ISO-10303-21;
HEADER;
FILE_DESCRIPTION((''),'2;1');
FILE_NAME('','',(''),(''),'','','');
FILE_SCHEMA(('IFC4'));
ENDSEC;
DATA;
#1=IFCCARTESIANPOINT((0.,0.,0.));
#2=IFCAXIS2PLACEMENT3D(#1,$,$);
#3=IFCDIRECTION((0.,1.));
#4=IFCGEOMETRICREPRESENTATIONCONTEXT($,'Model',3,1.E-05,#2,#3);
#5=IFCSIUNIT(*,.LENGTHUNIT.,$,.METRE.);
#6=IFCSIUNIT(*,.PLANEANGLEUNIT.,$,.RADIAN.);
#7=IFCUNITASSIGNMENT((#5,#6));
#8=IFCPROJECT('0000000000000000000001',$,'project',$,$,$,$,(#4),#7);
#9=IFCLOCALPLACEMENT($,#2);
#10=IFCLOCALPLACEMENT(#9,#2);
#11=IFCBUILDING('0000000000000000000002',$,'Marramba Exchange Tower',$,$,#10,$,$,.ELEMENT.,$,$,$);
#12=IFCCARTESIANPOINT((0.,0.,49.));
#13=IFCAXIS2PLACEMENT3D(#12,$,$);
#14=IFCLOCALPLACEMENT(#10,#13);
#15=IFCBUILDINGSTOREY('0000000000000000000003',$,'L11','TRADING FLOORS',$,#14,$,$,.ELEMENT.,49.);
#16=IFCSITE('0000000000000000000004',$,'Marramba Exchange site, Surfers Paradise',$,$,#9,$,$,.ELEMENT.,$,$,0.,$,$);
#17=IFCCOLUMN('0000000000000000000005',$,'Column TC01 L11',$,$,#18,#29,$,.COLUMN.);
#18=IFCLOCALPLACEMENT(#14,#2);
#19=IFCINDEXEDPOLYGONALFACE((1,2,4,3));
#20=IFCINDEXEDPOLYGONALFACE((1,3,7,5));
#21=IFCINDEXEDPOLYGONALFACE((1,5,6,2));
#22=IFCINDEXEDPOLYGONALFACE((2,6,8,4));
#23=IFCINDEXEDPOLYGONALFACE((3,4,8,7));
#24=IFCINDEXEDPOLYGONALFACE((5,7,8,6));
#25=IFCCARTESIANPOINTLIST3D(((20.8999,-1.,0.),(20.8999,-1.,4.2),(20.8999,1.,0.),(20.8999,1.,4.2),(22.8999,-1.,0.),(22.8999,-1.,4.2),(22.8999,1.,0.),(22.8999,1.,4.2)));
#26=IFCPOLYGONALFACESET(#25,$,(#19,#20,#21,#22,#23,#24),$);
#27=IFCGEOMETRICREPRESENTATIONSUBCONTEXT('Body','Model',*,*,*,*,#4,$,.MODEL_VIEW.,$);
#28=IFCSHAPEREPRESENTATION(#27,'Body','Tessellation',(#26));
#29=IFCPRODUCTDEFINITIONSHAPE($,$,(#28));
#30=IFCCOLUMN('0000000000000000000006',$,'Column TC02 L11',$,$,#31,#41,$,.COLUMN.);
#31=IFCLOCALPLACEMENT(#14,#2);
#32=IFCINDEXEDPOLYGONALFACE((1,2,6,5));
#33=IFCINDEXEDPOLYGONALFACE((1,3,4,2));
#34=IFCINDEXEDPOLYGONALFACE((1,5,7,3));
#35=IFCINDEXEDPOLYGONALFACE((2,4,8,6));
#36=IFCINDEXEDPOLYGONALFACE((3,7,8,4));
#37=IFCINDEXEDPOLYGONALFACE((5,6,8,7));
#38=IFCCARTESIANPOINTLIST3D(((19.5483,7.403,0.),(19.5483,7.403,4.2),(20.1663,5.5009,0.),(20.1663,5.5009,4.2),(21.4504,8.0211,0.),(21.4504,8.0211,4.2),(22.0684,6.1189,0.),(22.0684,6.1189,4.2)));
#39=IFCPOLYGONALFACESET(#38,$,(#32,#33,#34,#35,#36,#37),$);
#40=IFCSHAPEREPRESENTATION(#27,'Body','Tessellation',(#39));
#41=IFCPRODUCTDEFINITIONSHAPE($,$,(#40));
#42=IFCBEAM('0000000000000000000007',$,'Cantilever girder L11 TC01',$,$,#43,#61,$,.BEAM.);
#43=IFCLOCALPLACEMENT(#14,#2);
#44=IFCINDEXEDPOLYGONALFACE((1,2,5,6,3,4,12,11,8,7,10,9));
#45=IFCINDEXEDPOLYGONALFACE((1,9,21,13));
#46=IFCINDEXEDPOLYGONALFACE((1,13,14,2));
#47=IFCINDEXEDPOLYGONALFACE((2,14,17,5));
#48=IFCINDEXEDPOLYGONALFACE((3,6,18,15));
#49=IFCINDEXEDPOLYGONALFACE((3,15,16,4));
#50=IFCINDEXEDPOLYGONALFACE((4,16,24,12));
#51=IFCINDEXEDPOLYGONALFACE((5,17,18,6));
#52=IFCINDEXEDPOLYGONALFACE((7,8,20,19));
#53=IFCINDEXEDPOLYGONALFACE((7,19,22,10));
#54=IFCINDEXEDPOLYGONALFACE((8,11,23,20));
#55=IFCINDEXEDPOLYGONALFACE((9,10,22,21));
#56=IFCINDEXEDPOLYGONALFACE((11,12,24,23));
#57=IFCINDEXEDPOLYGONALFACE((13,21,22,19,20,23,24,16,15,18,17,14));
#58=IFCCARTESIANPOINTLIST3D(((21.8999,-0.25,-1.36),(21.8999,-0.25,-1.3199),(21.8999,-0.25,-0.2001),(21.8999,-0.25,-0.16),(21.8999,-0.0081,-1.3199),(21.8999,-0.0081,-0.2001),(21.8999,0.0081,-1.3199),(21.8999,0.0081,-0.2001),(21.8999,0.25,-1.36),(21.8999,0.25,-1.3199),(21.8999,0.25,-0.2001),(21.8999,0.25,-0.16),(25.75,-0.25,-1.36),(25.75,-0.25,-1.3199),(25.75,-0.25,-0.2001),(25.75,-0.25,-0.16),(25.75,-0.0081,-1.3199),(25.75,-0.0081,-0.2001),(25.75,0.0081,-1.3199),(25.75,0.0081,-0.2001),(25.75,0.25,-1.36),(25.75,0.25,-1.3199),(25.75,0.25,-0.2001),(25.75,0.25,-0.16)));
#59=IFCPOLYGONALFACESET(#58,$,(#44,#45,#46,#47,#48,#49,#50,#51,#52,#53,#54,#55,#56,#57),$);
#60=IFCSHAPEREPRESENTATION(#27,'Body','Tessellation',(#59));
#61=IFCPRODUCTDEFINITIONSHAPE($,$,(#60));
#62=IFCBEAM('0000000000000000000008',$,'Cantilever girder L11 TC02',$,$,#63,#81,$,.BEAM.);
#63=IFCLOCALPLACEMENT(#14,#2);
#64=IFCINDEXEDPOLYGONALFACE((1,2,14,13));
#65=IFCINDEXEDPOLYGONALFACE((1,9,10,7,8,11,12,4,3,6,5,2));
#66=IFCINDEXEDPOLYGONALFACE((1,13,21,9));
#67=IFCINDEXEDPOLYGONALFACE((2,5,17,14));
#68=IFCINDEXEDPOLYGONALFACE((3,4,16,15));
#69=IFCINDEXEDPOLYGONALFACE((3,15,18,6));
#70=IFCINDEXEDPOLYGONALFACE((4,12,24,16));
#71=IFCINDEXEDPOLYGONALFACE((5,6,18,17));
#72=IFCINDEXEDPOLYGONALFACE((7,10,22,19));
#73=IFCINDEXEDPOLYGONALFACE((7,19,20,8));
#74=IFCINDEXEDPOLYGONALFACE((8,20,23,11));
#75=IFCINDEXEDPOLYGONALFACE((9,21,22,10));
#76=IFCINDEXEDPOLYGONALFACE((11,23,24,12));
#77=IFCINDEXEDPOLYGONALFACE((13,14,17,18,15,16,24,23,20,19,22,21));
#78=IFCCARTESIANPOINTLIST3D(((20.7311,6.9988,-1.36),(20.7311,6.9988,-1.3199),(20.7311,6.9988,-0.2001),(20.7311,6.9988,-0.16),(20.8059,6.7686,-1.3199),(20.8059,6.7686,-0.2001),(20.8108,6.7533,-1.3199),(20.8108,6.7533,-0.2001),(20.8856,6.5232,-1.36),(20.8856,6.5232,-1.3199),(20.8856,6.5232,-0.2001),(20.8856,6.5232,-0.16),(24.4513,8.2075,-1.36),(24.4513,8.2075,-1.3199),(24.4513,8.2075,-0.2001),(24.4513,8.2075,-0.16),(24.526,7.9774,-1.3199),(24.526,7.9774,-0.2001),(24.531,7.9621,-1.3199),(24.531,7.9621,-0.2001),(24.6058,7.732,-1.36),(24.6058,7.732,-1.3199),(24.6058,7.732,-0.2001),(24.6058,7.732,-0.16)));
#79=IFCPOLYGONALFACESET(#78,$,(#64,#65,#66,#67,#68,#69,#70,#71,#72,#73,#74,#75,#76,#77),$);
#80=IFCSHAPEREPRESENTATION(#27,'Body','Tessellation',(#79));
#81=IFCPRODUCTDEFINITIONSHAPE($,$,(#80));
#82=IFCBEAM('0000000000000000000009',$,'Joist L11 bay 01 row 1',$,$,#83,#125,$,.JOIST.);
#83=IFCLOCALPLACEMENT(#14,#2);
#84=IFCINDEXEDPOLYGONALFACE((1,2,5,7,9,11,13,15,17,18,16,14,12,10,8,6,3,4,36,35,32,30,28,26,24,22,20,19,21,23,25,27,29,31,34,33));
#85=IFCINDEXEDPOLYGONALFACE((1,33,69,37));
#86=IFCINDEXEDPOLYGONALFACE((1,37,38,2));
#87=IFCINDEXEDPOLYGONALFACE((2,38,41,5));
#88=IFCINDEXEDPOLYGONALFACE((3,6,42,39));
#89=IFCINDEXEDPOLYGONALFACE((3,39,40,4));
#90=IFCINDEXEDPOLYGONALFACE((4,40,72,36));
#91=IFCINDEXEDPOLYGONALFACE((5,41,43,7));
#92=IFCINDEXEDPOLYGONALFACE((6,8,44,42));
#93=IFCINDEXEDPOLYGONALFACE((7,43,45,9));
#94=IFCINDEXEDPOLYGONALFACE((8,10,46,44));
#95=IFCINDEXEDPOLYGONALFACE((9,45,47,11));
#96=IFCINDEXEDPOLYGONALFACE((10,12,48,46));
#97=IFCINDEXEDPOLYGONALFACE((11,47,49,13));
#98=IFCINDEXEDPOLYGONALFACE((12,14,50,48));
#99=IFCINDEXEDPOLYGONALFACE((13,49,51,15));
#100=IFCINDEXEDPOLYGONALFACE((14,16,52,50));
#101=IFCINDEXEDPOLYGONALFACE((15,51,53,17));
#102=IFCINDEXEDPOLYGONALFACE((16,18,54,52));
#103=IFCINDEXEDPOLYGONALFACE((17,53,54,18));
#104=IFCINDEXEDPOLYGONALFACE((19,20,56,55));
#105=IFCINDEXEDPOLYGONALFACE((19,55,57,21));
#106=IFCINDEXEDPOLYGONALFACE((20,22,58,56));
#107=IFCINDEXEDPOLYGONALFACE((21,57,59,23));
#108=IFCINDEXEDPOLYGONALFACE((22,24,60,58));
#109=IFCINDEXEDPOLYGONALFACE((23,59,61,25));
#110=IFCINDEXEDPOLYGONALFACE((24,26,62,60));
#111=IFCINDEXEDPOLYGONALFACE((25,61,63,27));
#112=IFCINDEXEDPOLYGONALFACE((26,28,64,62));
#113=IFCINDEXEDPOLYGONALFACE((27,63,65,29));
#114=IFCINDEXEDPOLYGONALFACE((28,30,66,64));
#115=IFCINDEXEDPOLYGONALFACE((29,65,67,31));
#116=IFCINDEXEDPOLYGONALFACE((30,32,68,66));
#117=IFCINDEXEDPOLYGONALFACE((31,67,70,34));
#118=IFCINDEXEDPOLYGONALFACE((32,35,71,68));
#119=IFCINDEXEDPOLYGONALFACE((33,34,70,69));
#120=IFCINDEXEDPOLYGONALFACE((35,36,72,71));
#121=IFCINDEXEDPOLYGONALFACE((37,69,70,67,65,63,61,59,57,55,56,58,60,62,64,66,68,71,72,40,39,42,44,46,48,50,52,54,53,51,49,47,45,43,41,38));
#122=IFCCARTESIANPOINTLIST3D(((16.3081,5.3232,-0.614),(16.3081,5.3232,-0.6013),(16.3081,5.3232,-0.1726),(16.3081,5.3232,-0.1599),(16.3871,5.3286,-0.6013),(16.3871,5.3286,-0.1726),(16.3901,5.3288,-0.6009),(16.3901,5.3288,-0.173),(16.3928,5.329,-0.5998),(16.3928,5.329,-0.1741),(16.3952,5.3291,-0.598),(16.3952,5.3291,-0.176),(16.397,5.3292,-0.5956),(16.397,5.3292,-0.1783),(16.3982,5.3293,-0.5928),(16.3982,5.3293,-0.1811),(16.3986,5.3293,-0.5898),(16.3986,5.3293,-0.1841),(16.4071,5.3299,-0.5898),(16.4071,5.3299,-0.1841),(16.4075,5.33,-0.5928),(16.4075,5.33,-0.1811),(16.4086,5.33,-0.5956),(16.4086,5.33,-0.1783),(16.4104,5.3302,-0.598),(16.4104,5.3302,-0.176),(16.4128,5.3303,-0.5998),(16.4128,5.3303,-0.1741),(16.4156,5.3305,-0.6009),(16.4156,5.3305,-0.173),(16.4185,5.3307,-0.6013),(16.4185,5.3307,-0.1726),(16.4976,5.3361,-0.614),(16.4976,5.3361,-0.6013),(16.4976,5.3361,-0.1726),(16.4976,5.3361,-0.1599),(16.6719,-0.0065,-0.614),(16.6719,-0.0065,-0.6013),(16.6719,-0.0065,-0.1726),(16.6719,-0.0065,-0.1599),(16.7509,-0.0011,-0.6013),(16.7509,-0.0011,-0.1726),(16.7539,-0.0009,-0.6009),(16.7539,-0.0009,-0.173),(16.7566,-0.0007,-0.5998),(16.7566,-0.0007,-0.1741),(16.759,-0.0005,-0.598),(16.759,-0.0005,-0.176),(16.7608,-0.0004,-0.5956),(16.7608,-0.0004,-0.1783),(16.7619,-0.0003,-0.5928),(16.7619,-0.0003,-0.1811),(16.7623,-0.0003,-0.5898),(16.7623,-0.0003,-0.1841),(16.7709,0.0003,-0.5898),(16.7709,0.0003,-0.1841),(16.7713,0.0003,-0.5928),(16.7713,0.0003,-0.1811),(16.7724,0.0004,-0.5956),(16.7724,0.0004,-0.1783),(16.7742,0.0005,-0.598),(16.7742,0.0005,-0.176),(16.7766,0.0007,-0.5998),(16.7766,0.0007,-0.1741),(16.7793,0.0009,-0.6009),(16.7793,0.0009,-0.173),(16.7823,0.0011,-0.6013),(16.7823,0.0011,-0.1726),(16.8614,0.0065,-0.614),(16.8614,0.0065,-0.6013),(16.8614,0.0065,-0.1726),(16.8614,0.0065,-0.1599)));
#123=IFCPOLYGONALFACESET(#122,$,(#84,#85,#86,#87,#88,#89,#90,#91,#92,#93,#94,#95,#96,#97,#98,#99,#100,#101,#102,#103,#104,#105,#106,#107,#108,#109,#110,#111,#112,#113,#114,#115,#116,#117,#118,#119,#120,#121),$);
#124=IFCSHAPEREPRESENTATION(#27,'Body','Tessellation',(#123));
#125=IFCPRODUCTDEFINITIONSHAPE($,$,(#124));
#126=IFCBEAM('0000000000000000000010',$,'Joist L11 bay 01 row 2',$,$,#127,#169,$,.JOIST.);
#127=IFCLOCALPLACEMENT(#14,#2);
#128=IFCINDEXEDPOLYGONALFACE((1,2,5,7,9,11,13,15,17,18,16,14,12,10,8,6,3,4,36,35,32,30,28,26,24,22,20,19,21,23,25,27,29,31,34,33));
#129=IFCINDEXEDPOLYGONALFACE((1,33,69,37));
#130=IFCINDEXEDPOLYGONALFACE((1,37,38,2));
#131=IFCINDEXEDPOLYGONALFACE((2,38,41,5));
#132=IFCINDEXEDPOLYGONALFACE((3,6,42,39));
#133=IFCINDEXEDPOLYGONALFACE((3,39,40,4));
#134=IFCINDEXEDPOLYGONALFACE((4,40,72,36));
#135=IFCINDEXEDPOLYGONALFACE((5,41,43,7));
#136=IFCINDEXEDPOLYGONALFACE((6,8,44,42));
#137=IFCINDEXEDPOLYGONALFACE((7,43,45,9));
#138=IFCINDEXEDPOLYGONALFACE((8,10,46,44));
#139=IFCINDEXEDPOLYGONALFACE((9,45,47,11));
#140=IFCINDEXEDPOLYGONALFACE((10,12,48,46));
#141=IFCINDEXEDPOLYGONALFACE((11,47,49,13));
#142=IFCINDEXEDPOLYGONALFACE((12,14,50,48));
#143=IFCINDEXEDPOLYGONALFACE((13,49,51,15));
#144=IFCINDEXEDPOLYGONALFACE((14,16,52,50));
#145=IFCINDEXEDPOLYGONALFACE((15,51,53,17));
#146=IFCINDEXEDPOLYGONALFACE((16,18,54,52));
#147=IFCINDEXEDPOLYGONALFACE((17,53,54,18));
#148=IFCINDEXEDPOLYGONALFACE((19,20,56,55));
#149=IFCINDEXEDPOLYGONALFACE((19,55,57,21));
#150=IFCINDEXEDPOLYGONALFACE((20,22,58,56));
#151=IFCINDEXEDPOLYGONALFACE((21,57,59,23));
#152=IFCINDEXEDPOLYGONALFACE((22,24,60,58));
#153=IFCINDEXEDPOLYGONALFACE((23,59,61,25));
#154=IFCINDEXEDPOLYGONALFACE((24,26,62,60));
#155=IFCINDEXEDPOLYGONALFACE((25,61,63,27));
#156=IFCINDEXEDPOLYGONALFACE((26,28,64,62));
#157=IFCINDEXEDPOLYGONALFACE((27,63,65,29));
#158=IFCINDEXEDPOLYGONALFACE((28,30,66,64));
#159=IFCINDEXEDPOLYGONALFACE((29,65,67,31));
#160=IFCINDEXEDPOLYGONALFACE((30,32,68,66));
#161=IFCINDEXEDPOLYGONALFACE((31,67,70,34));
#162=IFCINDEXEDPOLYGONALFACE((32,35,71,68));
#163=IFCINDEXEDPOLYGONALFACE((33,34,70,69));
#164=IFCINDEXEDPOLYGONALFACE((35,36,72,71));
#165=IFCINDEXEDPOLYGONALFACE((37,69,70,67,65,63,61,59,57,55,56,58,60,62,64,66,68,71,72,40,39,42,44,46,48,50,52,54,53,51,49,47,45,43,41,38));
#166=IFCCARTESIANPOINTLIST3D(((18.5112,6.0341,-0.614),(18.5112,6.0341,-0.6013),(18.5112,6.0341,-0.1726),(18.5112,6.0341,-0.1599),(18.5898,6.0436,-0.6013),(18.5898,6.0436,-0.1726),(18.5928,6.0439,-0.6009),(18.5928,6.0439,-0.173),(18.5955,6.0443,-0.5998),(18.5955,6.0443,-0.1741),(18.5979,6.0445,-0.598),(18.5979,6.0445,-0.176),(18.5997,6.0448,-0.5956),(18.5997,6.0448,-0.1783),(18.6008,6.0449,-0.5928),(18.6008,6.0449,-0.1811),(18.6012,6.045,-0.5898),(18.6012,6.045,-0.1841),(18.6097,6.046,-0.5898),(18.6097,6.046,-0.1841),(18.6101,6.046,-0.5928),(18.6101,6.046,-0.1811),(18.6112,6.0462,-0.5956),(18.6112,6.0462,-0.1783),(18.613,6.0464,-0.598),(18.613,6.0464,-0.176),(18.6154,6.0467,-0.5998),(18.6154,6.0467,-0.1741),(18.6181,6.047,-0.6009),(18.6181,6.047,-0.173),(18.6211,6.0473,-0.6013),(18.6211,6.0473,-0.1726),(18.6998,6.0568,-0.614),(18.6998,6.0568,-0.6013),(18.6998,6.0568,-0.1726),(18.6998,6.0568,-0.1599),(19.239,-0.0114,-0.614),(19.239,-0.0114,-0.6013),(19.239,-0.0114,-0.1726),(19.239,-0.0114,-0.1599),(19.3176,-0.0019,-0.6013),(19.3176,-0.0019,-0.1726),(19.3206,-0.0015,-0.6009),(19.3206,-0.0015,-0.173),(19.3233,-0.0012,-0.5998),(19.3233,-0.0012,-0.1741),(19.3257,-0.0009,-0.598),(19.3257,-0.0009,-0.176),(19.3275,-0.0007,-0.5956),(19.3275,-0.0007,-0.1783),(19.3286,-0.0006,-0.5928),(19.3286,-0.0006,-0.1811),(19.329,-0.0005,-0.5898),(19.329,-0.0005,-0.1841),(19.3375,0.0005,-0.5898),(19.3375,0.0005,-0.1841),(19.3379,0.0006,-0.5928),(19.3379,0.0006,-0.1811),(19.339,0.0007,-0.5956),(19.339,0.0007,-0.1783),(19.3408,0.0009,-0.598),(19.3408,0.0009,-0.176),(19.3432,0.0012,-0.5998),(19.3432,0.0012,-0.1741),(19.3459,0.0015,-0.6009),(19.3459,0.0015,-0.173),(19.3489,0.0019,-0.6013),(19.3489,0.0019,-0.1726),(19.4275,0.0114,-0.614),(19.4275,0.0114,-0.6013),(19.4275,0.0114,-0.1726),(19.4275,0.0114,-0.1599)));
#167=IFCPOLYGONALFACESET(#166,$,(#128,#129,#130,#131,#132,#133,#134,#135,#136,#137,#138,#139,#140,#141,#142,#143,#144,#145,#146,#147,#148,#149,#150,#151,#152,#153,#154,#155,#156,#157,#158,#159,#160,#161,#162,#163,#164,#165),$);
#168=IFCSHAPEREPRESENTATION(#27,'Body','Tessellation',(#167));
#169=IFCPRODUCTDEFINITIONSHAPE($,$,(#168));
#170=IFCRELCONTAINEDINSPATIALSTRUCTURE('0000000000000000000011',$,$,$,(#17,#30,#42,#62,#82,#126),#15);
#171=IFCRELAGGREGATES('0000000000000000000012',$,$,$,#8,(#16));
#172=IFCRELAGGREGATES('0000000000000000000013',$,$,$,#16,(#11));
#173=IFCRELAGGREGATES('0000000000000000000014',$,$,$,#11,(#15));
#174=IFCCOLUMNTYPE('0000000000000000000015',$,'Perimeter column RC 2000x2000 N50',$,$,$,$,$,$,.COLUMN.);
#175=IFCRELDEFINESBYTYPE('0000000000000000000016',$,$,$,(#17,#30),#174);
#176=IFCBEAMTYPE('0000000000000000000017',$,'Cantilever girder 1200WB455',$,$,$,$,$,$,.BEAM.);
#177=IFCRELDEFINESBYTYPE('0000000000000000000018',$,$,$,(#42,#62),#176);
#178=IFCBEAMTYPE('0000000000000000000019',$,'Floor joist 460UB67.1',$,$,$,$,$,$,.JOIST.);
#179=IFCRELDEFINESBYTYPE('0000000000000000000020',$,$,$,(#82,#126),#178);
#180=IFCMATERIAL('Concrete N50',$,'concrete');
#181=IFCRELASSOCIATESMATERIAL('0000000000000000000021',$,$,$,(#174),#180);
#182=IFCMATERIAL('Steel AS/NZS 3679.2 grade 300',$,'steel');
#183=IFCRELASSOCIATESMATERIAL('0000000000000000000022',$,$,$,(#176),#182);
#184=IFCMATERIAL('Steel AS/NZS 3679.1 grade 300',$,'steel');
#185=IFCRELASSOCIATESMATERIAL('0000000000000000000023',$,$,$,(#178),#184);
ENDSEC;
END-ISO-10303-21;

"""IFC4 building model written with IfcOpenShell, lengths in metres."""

from ifc_helpers import new_model, si_unit, direction, frame, origin, origin_2d, place, context, subcontext, project, spatial, rectangle, i_section, extrude, material, material_profile, profile_set, type_object, element, save


model = new_model("IFC4")

# Units and contexts
model_context = context("Model", 3, precision=1e-05, world=origin(), true_north=direction((0.0, 1.0)))
body_context = subcontext(model_context, "Body", "Model", "MODEL_VIEW")
ifc_project = project(units=[si_unit("LENGTHUNIT", "METRE"), si_unit("PLANEANGLEUNIT", "RADIAN")], contexts=[model_context])

# Site, building, storey
site_placement = place(None, origin())
site = spatial("IfcSite", under=ifc_project, at=site_placement, Name="Marramba Exchange site, Surfers Paradise", CompositionType="ELEMENT", RefElevation=0.0)
building_placement = place(site_placement, origin())
building = spatial("IfcBuilding", under=site, at=building_placement, Name="Marramba Exchange Tower", CompositionType="ELEMENT")
storey_placement = place(building_placement, frame((0.0, 0.0, 49.0)))
storey = spatial("IfcBuildingStorey", under=building, at=storey_placement, Name="L11", Description="TRADING FLOORS", CompositionType="ELEMENT", Elevation=49.0)

# Columns
ifc_material_1 = material(Name="Concrete N50", Category="concrete")
ifc_material_profile_1 = material_profile(ifc_material_1, rectangle(XDim=2.0, YDim=2.0, at=origin_2d()), Name="RC 2000x2000")
ifc_profile_set_1 = profile_set([ifc_material_profile_1], Name="Concrete N50")
column_type = type_object("IfcColumnType", Name="Perimeter column RC 2000x2000 N50", PredefinedType="COLUMN", material=ifc_profile_set_1)
for number, where, z_axis, x_axis, name in (
    (1, (21.8999, 0.0, 0.0), (0.0, 0.0, 1.0), (1.0, 0.0, 0.0), "Column TC01 L11"),
    (2, (20.8083, 6.761, 0.0), (0.0, 0.0, 1.0), (0.951057, 0.309017, 0.0), "Column TC02 L11"),
):
    element("IfcColumn", number, at=place(storey_placement, frame(where, z_axis=z_axis, x_axis=x_axis)), inside=storey, type_object=column_type, Name=name, PredefinedType="COLUMN", context=body_context, shape_type="SweptSolid", body=[
        extrude(rectangle(XDim=2.0, YDim=2.0, at=origin_2d()), origin(), (0.0, 0.0, 1.0), 4.2),
    ])

# Beams
ifc_material_2 = material(Name="Steel AS/NZS 3679.2 grade 300", Category="steel")
ifc_material_profile_2 = material_profile(ifc_material_2, i_section(OverallWidth=0.5, OverallDepth=1.2, WebThickness=0.0161, FlangeThickness=0.04, at=origin_2d()), Name="1200WB455")
ifc_profile_set_2 = profile_set([ifc_material_profile_2], Name="Steel AS/NZS 3679.2 grade 300")
beam_type_1 = type_object("IfcBeamType", Name="Cantilever girder 1200WB455", PredefinedType="BEAM", material=ifc_profile_set_2)
beam_1_placement = place(storey_placement, frame((21.8999, 0.0, -0.76), z_axis=(1.0, 0.0, 0.0), x_axis=(0.0, 1.0, 0.0)))
element("IfcBeam", 3, at=beam_1_placement, inside=storey, type_object=beam_type_1, Name="Cantilever girder L11 TC01", PredefinedType="BEAM", context=body_context, shape_type="SweptSolid", body=[
    extrude(i_section(OverallWidth=0.5, OverallDepth=1.2, WebThickness=0.0161, FlangeThickness=0.04, at=origin_2d()), origin(), (0.0, 0.0, 1.0), 3.8501),
])
beam_2_placement = place(storey_placement, frame((20.8083, 6.761, -0.76), z_axis=(0.951059, 0.30901, 0.0), x_axis=(-0.30901, 0.951059, 0.0)))
element("IfcBeam", 4, at=beam_2_placement, inside=storey, type_object=beam_type_1, Name="Cantilever girder L11 TC02", PredefinedType="BEAM", context=body_context, shape_type="SweptSolid", body=[
    extrude(i_section(OverallWidth=0.5, OverallDepth=1.2, WebThickness=0.0161, FlangeThickness=0.04, at=origin_2d()), origin(), (0.0, 0.0, 1.0), 3.9116),
])
ifc_material_3 = material(Name="Steel AS/NZS 3679.1 grade 300", Category="steel")
ifc_material_profile_3 = material_profile(ifc_material_3, i_section(OverallWidth=0.1899, OverallDepth=0.4541, WebThickness=0.0085, FlangeThickness=0.0127, FilletRadius=0.0115, at=origin_2d()), Name="460UB67.1")
ifc_profile_set_3 = profile_set([ifc_material_profile_3], Name="Steel AS/NZS 3679.1 grade 300")
beam_type_2 = type_object("IfcBeamType", Name="Floor joist 460UB67.1", PredefinedType="JOIST", material=ifc_profile_set_3)
beam_3_placement = place(storey_placement, frame((16.7666, 0.0, -0.387), z_axis=(-0.068096, 0.997679, 0.0), x_axis=(-0.997679, -0.068096, 0.0)))
element("IfcBeam", 5, at=beam_3_placement, inside=storey, type_object=beam_type_2, Name="Joist L11 bay 01 row 1", PredefinedType="JOIST", context=body_context, shape_type="SweptSolid", body=[
    extrude(i_section(OverallWidth=0.1899, OverallDepth=0.4541, WebThickness=0.0085, FlangeThickness=0.0127, FilletRadius=0.0115, at=origin_2d()), origin(), (0.0, 0.0, 1.0), 5.342),
])
beam_4_placement = place(storey_placement, frame((19.3333, 0.0, -0.387), z_axis=(-0.119523, 0.992831, 0.0), x_axis=(-0.992831, -0.119523, 0.0)))
element("IfcBeam", 6, at=beam_4_placement, inside=storey, type_object=beam_type_2, Name="Joist L11 bay 01 row 2", PredefinedType="JOIST", context=body_context, shape_type="SweptSolid", body=[
    extrude(i_section(OverallWidth=0.1899, OverallDepth=0.4541, WebThickness=0.0085, FlangeThickness=0.0127, FilletRadius=0.0115, at=origin_2d()), origin(), (0.0, 0.0, 1.0), 6.0891),
])

save(model, "model.ifc")
